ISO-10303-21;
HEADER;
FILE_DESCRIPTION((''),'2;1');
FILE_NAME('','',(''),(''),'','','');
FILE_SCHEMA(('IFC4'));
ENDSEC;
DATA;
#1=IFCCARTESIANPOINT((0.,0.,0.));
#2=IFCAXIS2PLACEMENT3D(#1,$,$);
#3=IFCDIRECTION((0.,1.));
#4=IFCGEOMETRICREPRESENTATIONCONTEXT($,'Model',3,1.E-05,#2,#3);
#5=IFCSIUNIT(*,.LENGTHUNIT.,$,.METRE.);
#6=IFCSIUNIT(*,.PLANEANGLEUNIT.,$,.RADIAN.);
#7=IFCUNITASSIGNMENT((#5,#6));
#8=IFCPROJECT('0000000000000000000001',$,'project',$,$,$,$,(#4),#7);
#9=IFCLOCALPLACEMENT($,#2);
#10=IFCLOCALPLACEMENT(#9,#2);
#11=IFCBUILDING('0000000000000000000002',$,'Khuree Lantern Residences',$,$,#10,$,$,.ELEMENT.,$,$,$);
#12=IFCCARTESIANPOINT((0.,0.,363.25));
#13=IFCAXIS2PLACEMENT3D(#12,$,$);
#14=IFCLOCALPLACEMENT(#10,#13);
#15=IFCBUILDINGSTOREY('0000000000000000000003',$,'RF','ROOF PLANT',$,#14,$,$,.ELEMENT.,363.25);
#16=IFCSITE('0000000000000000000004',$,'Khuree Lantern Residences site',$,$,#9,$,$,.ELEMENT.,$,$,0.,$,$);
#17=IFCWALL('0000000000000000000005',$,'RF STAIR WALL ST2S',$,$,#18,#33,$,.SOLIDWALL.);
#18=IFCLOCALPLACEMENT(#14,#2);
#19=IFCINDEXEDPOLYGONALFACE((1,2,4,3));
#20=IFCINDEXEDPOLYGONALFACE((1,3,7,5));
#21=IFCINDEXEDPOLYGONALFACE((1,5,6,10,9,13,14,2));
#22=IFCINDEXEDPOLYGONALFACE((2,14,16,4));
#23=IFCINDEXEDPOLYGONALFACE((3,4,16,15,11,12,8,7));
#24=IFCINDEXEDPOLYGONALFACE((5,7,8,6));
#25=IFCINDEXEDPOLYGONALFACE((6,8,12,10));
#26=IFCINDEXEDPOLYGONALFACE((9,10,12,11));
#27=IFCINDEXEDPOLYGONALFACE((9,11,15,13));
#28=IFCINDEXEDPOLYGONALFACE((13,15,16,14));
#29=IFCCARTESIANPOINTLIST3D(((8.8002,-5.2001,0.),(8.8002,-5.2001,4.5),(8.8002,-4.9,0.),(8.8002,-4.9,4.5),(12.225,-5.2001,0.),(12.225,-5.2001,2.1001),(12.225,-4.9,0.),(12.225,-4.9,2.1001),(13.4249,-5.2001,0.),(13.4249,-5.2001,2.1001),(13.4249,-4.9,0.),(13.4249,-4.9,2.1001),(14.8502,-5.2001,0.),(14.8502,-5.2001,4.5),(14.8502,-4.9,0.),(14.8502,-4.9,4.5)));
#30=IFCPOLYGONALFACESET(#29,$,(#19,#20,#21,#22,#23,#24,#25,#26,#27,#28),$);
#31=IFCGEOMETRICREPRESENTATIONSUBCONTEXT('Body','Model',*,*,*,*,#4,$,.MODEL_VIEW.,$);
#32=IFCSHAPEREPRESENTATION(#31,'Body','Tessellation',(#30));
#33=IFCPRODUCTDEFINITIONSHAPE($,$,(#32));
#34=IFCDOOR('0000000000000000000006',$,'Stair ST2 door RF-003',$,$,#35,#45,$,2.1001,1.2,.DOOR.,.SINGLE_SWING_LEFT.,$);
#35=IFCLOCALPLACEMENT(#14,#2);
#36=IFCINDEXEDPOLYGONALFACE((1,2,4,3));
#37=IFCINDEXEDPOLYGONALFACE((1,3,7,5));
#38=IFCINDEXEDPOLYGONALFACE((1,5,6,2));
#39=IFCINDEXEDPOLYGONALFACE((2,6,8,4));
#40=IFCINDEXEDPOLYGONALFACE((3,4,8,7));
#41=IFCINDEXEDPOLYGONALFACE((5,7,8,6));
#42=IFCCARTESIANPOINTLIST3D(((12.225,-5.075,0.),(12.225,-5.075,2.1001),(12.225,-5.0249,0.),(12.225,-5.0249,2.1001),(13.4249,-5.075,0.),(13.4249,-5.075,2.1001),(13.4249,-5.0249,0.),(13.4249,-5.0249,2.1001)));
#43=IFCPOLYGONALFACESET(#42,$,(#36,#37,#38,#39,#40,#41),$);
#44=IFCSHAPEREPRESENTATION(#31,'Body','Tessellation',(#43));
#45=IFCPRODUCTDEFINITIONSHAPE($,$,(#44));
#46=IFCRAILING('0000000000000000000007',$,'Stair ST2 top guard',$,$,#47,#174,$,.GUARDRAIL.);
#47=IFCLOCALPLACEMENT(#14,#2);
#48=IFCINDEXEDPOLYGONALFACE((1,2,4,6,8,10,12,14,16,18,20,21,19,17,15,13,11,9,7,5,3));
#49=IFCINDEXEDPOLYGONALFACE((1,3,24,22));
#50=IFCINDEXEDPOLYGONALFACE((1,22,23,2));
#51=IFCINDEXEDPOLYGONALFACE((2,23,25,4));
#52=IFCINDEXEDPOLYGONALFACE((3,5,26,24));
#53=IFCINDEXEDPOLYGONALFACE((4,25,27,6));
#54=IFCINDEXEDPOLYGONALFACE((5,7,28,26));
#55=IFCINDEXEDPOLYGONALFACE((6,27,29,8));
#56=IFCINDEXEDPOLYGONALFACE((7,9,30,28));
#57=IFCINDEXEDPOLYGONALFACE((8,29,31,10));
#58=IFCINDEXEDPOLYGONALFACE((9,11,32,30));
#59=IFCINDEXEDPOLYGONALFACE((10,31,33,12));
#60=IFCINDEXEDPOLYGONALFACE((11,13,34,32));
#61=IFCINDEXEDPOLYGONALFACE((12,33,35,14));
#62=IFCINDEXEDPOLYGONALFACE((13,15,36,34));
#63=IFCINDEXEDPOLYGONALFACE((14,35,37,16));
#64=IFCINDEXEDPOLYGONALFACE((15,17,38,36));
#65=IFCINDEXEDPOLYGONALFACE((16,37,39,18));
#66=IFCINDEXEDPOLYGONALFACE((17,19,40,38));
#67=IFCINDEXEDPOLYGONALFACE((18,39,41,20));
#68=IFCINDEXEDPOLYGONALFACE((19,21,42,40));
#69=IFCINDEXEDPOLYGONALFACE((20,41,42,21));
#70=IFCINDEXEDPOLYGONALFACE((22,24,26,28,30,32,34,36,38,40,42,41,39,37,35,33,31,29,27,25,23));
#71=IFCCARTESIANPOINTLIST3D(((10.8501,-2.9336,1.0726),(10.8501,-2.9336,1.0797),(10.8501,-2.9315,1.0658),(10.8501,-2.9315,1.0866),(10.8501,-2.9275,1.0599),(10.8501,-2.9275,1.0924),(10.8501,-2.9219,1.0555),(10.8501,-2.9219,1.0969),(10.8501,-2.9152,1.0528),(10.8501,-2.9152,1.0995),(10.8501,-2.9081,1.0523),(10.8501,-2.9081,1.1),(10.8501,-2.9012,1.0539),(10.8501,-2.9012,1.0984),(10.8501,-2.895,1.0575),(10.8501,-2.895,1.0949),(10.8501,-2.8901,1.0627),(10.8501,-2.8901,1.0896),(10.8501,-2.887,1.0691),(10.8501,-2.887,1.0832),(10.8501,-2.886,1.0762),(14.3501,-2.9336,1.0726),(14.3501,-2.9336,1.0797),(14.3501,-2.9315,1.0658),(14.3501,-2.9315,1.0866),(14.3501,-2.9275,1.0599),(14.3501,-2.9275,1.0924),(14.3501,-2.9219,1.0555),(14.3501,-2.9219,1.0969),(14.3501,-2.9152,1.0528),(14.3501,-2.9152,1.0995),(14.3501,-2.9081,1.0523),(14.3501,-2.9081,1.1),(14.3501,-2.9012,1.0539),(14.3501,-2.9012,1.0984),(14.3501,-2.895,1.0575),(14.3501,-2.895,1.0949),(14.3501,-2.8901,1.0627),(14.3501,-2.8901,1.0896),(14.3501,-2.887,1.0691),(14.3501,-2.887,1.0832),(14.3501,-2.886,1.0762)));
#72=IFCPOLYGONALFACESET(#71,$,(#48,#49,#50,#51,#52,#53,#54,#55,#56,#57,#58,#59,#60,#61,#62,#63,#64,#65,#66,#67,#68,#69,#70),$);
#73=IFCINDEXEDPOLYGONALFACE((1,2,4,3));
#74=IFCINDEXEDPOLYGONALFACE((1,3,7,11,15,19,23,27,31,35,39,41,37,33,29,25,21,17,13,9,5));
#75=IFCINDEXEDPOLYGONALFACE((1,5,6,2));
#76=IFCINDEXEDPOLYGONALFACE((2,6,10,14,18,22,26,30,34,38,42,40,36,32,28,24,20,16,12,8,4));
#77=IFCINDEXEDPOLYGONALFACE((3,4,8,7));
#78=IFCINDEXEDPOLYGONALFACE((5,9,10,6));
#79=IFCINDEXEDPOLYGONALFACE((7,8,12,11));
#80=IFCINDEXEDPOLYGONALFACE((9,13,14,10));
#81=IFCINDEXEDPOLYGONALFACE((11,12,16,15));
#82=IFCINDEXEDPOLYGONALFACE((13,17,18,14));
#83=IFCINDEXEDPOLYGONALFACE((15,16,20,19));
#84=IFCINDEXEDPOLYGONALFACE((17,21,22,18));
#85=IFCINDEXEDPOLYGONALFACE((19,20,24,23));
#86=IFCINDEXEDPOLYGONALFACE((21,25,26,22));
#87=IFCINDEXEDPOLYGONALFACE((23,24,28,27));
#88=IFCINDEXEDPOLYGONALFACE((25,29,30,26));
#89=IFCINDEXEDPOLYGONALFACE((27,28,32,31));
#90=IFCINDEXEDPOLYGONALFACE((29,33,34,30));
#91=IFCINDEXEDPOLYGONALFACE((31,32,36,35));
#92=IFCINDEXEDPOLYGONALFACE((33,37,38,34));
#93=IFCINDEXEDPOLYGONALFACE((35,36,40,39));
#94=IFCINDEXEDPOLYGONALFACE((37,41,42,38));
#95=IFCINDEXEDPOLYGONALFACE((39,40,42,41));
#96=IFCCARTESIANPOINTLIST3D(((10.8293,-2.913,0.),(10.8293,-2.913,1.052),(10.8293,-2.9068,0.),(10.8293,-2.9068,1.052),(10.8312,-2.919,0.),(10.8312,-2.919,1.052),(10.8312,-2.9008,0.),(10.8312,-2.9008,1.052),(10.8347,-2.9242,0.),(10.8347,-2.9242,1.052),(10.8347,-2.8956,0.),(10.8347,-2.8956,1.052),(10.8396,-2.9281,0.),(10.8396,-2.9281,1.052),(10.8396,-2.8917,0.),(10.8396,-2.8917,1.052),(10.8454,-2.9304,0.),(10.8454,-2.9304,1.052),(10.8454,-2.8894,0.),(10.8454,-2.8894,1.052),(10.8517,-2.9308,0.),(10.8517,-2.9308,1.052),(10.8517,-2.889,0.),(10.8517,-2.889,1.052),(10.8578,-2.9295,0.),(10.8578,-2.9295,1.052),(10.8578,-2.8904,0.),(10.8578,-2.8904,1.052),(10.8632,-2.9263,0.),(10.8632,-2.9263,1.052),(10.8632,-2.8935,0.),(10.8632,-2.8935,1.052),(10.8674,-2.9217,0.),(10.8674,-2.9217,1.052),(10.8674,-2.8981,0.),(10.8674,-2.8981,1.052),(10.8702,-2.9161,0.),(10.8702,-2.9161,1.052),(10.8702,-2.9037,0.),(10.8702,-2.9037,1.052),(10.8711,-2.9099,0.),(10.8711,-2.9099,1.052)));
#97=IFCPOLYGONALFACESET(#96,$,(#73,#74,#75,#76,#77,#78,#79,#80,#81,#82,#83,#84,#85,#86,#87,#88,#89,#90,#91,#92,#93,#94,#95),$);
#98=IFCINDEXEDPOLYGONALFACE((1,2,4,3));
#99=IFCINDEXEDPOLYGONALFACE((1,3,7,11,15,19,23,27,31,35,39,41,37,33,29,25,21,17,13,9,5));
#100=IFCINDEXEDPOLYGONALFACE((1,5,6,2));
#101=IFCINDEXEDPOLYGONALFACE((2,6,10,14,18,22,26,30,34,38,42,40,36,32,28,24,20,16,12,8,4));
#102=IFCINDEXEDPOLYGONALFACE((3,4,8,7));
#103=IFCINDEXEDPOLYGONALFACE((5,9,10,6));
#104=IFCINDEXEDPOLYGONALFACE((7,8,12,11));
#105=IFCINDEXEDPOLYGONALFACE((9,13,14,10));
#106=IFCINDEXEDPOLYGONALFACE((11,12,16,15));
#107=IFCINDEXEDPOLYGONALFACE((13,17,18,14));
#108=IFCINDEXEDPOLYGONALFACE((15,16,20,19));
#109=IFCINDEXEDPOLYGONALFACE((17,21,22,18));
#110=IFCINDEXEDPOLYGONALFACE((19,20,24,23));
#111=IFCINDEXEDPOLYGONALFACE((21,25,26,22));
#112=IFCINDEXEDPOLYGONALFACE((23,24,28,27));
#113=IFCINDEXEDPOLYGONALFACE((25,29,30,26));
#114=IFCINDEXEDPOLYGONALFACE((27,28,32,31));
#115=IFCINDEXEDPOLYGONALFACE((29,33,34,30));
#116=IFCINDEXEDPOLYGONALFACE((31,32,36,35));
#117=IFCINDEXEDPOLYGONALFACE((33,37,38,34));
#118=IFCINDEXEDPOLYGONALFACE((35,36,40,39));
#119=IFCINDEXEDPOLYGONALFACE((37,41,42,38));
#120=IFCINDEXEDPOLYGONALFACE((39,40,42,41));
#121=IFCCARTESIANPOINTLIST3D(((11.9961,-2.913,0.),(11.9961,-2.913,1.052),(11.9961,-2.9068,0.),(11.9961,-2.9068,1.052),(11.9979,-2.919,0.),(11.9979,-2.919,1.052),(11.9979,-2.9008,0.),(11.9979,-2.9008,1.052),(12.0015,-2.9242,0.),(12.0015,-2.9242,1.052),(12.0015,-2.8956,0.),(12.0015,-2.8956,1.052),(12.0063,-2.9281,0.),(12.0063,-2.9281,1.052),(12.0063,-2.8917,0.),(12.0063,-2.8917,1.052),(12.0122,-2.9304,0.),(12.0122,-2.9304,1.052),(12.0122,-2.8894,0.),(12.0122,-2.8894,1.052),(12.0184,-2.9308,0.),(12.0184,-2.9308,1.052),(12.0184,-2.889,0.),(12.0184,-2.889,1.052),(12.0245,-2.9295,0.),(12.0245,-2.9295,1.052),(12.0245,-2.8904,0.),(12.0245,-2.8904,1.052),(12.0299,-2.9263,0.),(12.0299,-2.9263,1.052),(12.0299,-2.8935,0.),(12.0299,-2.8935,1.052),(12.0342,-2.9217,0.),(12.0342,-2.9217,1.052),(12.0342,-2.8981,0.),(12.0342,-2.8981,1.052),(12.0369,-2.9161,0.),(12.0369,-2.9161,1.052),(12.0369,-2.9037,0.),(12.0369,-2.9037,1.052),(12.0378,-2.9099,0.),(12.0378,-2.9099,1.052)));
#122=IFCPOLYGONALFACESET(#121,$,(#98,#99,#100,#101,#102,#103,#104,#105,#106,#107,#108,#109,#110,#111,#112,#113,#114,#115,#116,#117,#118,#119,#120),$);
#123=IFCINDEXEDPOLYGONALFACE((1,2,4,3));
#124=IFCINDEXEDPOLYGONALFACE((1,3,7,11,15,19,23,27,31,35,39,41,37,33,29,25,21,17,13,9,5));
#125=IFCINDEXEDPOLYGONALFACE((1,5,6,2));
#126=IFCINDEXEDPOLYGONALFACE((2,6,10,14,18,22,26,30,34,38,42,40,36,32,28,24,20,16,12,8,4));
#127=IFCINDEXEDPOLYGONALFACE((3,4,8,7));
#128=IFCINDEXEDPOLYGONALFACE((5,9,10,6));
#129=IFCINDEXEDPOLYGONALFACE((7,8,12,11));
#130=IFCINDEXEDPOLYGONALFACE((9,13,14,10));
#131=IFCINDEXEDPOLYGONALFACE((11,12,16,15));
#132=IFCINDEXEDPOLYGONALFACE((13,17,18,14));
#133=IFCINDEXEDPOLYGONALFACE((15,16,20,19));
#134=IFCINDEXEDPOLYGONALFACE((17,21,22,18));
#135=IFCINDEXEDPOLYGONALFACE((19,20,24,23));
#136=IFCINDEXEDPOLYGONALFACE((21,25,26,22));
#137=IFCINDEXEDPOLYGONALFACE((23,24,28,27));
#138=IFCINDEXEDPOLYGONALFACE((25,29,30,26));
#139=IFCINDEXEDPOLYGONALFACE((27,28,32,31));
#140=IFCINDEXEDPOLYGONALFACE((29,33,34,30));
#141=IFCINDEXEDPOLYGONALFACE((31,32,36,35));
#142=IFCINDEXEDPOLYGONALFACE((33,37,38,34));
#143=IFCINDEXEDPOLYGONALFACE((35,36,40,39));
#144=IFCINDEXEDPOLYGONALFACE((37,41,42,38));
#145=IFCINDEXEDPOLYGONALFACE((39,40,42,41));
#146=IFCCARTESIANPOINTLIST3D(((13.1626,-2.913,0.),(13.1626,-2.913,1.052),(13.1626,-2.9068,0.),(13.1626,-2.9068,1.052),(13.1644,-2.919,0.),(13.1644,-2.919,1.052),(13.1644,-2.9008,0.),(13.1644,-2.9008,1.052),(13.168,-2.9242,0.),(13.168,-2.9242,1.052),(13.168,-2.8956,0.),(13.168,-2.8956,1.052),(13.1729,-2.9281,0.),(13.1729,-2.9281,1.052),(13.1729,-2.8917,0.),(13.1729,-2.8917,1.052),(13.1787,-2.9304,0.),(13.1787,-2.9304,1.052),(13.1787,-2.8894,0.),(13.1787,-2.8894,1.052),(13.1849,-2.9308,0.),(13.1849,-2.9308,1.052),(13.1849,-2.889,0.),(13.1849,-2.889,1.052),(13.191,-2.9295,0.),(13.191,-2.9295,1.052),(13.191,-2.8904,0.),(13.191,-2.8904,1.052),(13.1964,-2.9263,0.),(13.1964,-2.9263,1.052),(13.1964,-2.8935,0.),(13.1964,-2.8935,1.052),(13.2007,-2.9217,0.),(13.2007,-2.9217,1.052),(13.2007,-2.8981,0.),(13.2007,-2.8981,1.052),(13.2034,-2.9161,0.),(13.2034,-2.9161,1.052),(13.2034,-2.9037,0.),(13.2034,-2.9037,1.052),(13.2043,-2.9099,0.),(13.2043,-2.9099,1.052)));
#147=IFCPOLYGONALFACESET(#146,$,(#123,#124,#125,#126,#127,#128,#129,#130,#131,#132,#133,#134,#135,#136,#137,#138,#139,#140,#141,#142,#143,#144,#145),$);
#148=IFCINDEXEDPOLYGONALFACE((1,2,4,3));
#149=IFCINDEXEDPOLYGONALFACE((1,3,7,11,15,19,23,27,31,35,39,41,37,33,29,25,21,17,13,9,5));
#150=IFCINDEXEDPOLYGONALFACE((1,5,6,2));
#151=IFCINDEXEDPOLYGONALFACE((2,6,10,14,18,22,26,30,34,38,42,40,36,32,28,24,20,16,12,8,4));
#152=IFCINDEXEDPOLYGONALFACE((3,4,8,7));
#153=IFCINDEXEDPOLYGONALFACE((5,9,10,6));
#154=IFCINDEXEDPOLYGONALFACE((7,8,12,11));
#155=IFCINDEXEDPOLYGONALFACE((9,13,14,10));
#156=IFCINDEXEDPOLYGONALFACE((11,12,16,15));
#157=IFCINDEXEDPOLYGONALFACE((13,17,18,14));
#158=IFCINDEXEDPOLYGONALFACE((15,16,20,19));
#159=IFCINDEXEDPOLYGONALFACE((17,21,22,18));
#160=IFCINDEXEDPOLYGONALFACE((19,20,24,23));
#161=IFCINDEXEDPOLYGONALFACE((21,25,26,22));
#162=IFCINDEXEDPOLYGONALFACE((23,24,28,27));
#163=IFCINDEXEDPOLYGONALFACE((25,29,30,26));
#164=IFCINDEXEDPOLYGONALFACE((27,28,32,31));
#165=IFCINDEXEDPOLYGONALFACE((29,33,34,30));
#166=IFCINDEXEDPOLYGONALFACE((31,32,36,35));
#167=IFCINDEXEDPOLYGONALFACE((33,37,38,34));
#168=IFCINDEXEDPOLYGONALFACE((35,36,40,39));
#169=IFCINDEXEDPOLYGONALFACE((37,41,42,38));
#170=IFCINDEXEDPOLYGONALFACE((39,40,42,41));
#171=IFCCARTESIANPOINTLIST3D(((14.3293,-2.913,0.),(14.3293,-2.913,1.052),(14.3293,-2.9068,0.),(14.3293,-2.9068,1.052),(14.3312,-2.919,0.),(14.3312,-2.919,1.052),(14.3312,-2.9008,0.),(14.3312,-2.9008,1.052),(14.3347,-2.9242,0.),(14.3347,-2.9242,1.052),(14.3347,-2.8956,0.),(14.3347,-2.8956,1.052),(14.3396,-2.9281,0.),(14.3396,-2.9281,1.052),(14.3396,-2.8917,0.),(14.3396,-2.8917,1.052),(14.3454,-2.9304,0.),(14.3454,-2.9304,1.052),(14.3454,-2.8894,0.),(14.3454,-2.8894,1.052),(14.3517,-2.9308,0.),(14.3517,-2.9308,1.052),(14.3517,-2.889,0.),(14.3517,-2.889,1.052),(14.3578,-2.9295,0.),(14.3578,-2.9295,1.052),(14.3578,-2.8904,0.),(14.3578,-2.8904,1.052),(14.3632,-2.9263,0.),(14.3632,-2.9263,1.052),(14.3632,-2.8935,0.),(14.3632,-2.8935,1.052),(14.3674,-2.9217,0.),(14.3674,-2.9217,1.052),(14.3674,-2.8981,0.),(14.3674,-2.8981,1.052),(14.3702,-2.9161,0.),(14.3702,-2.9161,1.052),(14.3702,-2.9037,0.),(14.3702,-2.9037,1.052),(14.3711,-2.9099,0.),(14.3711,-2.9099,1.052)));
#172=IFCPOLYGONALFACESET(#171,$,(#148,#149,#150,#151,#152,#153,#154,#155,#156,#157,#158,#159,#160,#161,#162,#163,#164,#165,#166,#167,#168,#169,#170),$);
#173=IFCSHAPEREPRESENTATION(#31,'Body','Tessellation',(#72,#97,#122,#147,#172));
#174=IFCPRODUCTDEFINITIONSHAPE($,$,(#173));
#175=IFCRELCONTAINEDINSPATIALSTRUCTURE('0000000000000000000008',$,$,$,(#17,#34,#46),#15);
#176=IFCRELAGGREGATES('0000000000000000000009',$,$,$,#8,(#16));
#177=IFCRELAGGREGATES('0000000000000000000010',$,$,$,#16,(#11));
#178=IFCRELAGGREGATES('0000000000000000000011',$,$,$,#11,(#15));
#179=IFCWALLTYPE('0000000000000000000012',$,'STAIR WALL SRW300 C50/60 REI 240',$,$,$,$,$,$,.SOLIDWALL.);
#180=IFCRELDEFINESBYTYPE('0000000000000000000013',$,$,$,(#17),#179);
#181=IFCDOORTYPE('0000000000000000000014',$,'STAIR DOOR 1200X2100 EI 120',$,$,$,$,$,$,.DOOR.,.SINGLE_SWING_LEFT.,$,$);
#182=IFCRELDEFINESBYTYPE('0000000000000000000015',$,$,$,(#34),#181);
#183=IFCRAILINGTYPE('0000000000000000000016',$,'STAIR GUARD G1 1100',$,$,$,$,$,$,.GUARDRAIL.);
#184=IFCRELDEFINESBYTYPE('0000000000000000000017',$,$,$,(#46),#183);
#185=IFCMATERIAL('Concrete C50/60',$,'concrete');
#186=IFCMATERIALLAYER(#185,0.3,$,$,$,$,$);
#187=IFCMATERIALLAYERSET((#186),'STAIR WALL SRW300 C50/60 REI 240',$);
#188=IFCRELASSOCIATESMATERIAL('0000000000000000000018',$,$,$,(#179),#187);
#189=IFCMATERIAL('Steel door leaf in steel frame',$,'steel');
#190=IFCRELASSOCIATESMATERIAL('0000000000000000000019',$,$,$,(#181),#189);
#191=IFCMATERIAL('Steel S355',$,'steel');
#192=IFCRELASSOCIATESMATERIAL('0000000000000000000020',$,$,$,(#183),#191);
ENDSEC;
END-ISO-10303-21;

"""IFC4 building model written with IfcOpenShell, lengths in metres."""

from ifc_helpers import new_model, si_unit, direction, frame, frame_2d, origin, origin_2d, place, context, subcontext, project, spatial, rectangle, circle, extrude, material, layer, layer_set, type_object, element, fill, save


model = new_model("IFC4")

# Units and contexts
model_context = context("Model", 3, precision=1e-05, world=origin(), true_north=direction((0.0, 1.0)))
body_context = subcontext(model_context, "Body", "Model", "MODEL_VIEW")
ifc_project = project(units=[si_unit("LENGTHUNIT", "METRE"), si_unit("PLANEANGLEUNIT", "RADIAN")], contexts=[model_context])

# Site, building, storey
site_placement = place(None, origin())
site = spatial("IfcSite", under=ifc_project, at=site_placement, Name="Khuree Lantern Residences site", CompositionType="ELEMENT", RefElevation=0.0)
building_placement = place(site_placement, origin())
building = spatial("IfcBuilding", under=site, at=building_placement, Name="Khuree Lantern Residences", CompositionType="ELEMENT")
storey_placement = place(building_placement, frame((0.0, 0.0, 363.25)))
storey = spatial("IfcBuildingStorey", under=building, at=storey_placement, Name="RF", Description="ROOF PLANT", CompositionType="ELEMENT", Elevation=363.25)

# Shared definitions
ifc_material_1 = material(Name="Steel S355", Category="steel")
ifc_material_2 = material(Name="Concrete C50/60", Category="concrete")

# Shared definitions
ifc_material_3 = material(Name="Steel door leaf in steel frame", Category="steel")

# Shared definitions
ifc_layer_1 = layer(ifc_material_2, 0.3)
ifc_layer_set_1 = layer_set([ifc_layer_1], Name="STAIR WALL SRW300 C50/60 REI 240")
wall_type_1 = type_object("IfcWallType", Name="STAIR WALL SRW300 C50/60 REI 240", PredefinedType="SOLIDWALL", material=ifc_layer_set_1)

# Wall, opening, door
wall_1_placement = place(storey_placement, frame((14.8501, -5.05, 0.0), z_axis=(0.0, 0.0, 1.0), x_axis=(-1.0, 0.0, 0.0)))
wall_1 = element("IfcWall", 1, at=wall_1_placement, inside=storey, type_object=wall_type_1, Name="RF STAIR WALL ST2S", PredefinedType="SOLIDWALL", context=body_context, shape_type="SweptSolid", body=[
    extrude(rectangle(XDim=6.05, YDim=0.3, at=frame_2d((3.0249, 0.0))), origin(), (0.0, 0.0, 1.0), 4.5),
])
opening_1_placement = place(wall_1_placement, frame((1.425, 0.0, 0.0)))
opening_1 = element("IfcOpeningElement", 2, at=opening_1_placement, cuts=wall_1, PredefinedType="OPENING", context=body_context, shape_type="SweptSolid", body=[
    extrude(rectangle(XDim=1.2, YDim=2.1001, at=frame_2d((0.6001, 1.05))), frame((0.0, 0.1602, 0.0), z_axis=(0.0, -1.0, 0.0), x_axis=(1.0, 0.0, 0.0)), (0.0, 0.0, 1.0), 0.3201),
])
door_type_1 = type_object("IfcDoorType", Name="STAIR DOOR 1200X2100 EI 120", OperationType="SINGLE_SWING_LEFT", PredefinedType="DOOR", material=ifc_material_3)
door_1_placement = place(opening_1_placement, origin())
door_1 = element("IfcDoor", 3, at=door_1_placement, inside=storey, type_object=door_type_1, Name="Stair ST2 door RF-003", OperationType="SINGLE_SWING_LEFT", OverallHeight=2.1001, OverallWidth=1.2, PredefinedType="DOOR", context=body_context, shape_type="SweptSolid", body=[
    extrude(rectangle(XDim=1.2, YDim=2.1001, at=frame_2d((0.6001, 1.05))), frame((0.0, 0.0249, 0.0), z_axis=(0.0, -1.0, 0.0), x_axis=(1.0, 0.0, 0.0)), (0.0, 0.0, 1.0), 0.05),
])
fill(opening_1, door_1)

# Railing
railing_type = type_object("IfcRailingType", Name="STAIR GUARD G1 1100", PredefinedType="GUARDRAIL", material=ifc_material_1)
railing_placement = place(storey_placement, frame((10.8501, -2.9099, 0.0)))
element("IfcRailing", 4, at=railing_placement, inside=storey, type_object=railing_type, Name="Stair ST2 top guard", PredefinedType="GUARDRAIL", context=body_context, shape_type="SweptSolid", body=[
    extrude(circle(Radius=0.0239, at=origin_2d()), frame((0.0, 0.0, 1.0762), z_axis=(1.0, 0.0, 0.0), x_axis=(0.0, 1.0, 0.0)), (0.0, 0.0, 1.0), 3.5),
    extrude(circle(Radius=0.021, at=origin_2d()), origin(), (0.0, 0.0, 1.0), 1.052),
    extrude(circle(Radius=0.021, at=origin_2d()), frame((1.1667, 0.0, 0.0)), (0.0, 0.0, 1.0), 1.052),
    extrude(circle(Radius=0.021, at=origin_2d()), frame((2.3333, 0.0, 0.0)), (0.0, 0.0, 1.0), 1.052),
    extrude(circle(Radius=0.021, at=origin_2d()), frame((3.5, 0.0, 0.0)), (0.0, 0.0, 1.0), 1.052),
])

save(model, "model.ifc")
